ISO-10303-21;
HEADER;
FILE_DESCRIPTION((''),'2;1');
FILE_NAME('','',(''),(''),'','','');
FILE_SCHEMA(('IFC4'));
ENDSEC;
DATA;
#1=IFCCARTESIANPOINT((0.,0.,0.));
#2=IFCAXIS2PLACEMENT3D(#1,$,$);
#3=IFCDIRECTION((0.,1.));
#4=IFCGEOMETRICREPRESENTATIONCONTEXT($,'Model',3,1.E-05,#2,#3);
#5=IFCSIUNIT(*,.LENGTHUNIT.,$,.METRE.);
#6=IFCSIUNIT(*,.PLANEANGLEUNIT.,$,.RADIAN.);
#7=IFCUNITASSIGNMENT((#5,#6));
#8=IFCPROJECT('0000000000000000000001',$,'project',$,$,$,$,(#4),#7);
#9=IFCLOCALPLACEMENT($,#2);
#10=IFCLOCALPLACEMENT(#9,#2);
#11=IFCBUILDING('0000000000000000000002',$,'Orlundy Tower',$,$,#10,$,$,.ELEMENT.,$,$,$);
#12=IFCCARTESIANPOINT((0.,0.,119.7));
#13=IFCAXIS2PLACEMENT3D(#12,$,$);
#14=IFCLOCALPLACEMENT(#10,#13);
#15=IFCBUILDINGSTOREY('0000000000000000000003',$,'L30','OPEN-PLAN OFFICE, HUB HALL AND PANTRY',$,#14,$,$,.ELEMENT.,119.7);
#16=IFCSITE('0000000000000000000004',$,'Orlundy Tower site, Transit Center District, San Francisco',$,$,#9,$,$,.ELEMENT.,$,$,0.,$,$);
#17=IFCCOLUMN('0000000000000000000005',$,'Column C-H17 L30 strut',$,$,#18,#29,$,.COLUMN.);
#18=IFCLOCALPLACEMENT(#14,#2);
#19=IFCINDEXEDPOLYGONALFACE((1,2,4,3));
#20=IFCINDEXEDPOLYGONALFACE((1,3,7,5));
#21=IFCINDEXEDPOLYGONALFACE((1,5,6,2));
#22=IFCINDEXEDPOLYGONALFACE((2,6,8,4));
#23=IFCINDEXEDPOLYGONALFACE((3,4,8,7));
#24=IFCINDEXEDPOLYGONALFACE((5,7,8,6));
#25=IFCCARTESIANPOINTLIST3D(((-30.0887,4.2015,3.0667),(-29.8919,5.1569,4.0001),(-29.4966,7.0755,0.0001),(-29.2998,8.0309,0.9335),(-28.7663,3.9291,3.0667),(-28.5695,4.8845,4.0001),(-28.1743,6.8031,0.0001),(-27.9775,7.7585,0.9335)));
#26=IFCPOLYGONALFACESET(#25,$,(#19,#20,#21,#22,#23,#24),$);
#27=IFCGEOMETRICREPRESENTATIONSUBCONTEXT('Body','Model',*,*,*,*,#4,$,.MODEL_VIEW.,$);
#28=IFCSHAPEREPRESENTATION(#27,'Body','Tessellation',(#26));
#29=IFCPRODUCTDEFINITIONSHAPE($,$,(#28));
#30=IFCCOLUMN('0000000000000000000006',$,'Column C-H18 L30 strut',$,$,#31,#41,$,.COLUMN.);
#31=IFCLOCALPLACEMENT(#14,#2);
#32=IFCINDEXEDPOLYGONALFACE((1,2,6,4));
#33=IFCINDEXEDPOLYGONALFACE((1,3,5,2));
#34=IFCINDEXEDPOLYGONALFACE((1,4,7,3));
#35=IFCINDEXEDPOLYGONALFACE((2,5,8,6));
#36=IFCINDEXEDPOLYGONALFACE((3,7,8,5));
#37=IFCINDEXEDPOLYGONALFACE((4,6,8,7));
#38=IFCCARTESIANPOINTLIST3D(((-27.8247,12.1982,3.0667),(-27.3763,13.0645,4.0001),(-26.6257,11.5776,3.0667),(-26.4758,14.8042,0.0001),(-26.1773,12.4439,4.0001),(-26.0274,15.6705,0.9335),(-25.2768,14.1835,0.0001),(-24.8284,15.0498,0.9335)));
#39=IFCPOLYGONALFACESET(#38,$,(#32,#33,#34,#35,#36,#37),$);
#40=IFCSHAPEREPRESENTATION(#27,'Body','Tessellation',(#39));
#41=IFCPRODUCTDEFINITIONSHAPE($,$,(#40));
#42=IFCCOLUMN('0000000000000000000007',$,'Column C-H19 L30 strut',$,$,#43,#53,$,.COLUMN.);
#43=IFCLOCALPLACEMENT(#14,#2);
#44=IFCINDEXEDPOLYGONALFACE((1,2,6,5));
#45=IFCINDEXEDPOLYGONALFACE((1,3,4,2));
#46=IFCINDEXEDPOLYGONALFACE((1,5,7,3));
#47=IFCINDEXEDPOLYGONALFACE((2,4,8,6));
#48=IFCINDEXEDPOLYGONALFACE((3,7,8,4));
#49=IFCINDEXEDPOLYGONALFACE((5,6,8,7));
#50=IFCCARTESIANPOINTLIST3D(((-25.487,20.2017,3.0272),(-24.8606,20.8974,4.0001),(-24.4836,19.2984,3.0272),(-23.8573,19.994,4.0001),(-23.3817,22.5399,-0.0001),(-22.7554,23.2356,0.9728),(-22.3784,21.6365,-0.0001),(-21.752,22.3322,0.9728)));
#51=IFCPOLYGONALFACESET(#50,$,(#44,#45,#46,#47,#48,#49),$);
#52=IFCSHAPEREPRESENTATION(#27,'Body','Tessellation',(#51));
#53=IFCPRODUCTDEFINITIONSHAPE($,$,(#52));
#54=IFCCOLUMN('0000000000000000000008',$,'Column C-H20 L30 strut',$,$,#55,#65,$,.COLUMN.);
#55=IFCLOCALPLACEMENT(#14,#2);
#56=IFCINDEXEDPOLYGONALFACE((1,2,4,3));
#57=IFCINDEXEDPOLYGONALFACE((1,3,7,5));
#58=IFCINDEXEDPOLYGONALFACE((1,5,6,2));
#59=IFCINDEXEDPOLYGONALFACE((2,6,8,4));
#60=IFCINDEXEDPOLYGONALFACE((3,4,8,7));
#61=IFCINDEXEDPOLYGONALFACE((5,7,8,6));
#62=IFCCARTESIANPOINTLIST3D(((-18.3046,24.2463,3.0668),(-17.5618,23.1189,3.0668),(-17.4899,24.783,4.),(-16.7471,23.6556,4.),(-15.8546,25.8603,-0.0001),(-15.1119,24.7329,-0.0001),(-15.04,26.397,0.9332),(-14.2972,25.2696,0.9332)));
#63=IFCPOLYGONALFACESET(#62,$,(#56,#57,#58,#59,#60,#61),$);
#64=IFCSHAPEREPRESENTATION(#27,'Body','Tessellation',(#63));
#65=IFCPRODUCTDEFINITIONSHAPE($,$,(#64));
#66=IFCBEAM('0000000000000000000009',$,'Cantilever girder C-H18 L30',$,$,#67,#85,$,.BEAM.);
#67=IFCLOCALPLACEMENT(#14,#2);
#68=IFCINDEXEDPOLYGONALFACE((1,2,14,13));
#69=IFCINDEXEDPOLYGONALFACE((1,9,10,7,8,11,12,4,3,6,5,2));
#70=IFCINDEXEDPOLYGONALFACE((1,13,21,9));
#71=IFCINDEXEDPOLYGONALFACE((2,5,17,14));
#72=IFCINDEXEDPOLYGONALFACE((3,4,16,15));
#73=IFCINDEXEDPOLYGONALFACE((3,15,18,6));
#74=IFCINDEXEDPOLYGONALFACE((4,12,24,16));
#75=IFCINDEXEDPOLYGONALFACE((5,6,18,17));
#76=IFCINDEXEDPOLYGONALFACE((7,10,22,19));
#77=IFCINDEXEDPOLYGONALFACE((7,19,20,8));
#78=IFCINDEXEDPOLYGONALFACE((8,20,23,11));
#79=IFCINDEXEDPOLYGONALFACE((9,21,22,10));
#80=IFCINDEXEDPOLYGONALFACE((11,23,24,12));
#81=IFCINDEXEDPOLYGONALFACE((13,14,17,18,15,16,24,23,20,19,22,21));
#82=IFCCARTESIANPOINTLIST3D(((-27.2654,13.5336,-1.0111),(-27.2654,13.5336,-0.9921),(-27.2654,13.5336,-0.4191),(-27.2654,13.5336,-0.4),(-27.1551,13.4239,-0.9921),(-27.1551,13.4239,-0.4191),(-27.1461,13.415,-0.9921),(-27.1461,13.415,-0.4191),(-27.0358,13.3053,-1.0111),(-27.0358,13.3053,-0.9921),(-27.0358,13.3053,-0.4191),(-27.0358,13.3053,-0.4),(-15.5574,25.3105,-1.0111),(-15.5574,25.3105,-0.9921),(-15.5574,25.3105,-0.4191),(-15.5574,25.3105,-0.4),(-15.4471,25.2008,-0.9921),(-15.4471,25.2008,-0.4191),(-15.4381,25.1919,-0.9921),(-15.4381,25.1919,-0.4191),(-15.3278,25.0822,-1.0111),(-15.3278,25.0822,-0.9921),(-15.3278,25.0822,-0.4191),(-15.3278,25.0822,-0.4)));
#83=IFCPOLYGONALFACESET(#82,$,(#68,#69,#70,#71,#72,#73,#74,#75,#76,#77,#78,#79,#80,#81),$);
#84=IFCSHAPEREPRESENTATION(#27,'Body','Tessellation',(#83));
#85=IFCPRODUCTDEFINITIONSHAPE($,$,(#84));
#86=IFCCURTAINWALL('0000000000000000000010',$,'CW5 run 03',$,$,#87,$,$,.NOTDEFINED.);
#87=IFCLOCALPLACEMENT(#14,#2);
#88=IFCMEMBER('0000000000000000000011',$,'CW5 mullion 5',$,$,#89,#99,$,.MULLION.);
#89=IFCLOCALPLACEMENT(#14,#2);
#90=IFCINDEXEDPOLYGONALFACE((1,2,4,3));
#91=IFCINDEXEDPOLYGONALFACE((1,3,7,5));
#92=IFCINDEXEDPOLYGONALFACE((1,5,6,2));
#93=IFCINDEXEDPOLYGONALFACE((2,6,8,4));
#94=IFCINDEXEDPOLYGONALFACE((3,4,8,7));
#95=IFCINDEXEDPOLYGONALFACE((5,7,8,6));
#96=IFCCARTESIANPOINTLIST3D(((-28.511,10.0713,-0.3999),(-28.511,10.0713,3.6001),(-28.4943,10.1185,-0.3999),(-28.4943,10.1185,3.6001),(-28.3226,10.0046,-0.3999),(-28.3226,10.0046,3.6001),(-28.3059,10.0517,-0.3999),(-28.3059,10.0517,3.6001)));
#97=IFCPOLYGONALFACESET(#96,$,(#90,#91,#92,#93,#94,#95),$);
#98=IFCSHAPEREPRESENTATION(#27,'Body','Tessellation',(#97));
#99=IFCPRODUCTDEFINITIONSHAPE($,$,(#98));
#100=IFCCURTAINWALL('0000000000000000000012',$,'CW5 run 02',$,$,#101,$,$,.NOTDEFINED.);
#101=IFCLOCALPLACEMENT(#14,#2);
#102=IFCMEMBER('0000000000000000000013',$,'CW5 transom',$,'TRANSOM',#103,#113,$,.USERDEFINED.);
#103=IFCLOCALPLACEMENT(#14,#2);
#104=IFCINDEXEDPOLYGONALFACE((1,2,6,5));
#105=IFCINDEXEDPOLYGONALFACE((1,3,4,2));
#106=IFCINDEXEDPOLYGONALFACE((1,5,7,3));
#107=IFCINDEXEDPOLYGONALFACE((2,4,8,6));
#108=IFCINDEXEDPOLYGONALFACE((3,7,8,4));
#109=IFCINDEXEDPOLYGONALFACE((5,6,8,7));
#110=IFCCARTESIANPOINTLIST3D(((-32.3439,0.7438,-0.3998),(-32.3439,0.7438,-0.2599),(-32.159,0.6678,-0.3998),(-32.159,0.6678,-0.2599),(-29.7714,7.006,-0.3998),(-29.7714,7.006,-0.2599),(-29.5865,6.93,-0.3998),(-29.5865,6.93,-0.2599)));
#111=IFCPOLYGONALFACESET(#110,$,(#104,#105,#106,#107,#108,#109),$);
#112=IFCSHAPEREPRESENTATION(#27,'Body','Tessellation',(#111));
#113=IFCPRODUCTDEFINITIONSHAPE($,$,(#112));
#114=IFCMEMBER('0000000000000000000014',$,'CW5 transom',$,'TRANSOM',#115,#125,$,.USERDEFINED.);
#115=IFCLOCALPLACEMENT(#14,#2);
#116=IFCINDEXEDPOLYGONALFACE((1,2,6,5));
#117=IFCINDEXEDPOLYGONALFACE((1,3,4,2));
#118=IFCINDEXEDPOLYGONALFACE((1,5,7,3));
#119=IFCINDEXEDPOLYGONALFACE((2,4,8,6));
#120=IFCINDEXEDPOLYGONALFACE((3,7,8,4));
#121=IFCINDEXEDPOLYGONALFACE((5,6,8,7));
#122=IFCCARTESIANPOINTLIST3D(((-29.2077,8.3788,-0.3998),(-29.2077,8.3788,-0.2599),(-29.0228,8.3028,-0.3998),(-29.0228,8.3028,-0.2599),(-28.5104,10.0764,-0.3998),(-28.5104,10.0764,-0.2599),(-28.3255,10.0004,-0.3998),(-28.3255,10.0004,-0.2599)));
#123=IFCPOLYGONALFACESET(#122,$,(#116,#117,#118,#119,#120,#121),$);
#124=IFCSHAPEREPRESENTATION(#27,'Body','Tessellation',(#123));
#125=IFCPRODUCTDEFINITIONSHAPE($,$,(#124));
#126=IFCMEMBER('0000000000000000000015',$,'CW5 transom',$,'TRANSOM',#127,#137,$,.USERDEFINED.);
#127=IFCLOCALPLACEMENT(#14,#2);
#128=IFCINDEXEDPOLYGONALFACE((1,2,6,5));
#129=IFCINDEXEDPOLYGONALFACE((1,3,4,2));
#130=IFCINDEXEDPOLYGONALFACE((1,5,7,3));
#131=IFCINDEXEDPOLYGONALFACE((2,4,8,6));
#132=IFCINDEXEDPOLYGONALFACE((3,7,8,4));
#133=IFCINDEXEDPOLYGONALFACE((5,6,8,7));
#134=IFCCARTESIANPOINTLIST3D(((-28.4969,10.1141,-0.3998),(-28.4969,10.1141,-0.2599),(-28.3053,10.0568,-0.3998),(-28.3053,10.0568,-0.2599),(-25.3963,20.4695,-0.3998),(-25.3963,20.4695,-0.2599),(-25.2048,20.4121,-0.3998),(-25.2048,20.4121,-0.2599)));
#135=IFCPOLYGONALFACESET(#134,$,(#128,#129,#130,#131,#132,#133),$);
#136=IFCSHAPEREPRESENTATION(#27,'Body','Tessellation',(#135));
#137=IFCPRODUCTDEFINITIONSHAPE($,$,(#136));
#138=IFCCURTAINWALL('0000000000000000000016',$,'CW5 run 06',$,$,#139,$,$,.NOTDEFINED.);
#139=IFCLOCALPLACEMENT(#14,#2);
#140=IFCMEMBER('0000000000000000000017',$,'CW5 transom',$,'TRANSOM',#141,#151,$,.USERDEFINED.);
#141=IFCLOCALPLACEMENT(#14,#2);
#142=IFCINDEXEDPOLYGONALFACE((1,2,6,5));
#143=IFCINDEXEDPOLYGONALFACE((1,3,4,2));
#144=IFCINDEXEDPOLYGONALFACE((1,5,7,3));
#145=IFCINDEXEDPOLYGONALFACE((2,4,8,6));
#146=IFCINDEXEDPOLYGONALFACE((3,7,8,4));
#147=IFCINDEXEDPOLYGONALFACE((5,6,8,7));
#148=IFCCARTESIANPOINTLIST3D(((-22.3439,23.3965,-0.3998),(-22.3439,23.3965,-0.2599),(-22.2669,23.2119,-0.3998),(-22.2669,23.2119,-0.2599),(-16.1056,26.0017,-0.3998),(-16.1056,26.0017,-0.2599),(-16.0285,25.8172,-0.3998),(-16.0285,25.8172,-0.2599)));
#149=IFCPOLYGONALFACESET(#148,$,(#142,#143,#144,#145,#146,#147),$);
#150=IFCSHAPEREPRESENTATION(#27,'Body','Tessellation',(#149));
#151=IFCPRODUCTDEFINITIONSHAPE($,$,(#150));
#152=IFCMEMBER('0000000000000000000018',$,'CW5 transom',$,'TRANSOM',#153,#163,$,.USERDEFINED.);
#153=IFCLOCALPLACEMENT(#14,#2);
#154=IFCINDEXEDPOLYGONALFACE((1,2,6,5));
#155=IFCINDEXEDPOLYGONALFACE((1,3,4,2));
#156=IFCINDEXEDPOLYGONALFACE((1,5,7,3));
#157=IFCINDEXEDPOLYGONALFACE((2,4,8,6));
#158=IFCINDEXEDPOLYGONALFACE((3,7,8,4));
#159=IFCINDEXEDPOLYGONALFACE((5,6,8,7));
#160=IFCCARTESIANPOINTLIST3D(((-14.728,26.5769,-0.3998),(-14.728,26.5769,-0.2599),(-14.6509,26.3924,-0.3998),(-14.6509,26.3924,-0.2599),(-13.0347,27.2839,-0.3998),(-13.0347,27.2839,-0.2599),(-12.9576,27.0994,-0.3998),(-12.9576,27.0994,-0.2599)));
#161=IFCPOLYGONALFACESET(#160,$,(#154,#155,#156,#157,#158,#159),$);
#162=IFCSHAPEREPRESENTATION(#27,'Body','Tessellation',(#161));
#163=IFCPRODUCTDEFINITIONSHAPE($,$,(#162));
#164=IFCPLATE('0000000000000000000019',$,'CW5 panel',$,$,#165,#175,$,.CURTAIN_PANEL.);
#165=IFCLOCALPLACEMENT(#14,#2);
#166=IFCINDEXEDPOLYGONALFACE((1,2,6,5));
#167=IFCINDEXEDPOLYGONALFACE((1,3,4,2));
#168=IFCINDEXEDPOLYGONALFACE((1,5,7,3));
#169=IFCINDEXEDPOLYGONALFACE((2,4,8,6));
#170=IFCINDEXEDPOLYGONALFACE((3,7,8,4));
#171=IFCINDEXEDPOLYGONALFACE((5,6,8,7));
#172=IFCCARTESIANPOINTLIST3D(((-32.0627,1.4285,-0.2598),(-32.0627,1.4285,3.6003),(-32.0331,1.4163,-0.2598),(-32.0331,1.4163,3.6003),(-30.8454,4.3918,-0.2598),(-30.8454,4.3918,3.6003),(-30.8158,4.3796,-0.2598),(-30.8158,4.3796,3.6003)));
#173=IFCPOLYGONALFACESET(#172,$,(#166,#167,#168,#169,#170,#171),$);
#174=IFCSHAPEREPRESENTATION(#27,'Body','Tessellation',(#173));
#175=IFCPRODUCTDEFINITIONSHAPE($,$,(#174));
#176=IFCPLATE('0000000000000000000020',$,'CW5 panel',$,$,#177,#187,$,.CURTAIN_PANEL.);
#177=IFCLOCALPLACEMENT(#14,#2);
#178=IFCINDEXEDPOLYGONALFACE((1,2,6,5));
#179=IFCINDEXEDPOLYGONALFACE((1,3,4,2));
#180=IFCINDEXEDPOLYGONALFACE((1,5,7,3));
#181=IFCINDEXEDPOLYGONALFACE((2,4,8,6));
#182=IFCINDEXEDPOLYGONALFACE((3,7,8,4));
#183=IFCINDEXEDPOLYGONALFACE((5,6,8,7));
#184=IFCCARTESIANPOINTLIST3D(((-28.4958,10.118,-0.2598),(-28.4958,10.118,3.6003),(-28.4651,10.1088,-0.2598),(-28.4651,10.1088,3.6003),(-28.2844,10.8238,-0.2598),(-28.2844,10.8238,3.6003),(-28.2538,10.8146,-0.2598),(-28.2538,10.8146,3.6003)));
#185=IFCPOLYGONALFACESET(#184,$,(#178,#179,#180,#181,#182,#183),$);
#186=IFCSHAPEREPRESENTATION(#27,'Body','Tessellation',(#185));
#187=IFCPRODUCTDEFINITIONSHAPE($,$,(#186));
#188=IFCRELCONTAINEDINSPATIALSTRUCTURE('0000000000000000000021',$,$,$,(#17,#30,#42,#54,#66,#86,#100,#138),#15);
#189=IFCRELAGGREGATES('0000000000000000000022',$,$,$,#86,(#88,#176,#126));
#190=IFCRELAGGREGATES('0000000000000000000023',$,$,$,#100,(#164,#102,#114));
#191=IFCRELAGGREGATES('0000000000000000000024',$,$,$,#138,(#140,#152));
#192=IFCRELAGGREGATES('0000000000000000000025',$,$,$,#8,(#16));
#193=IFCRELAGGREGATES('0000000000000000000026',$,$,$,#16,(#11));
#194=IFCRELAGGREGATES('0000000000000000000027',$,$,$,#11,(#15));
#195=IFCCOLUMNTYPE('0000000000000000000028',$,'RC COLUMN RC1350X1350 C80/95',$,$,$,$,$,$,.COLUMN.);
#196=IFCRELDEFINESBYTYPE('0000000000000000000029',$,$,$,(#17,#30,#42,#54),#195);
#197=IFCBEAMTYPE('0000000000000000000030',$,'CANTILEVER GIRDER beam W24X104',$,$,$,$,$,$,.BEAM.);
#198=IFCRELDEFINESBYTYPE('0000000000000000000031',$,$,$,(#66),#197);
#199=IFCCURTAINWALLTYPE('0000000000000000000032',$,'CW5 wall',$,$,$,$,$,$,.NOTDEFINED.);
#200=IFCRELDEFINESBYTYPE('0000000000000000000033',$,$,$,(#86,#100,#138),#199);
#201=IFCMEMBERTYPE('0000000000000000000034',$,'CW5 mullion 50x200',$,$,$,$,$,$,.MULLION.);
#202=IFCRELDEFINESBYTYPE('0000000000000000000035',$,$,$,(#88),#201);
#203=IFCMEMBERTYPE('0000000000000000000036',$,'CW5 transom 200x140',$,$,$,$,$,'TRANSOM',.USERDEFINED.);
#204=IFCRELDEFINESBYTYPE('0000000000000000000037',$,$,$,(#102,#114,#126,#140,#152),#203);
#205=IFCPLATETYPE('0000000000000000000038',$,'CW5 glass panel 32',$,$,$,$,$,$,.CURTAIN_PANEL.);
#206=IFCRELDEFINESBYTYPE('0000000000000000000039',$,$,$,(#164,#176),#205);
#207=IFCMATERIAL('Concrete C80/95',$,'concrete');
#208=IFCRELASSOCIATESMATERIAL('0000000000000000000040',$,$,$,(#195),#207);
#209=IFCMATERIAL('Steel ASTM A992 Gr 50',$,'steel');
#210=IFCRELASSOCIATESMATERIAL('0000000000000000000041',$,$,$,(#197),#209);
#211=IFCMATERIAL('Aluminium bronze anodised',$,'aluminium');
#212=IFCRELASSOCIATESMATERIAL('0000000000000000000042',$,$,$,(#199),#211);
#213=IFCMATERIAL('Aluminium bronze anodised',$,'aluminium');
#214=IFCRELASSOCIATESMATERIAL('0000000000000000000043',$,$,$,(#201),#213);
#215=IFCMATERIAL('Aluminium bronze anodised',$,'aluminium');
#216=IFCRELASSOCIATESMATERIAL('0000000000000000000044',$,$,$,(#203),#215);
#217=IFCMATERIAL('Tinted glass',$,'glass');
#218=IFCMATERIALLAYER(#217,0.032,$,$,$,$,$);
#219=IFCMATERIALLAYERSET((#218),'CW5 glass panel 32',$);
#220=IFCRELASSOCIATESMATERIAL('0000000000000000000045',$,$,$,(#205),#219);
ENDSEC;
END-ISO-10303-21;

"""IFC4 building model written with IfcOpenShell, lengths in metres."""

from ifc_helpers import new_model, si_unit, direction, frame, origin, origin_2d, place, context, subcontext, project, spatial, rectangle, i_section, extrude, material, layer, layer_set, material_profile, profile_set, type_object, element, aggregate, save


model = new_model("IFC4")

# Units and contexts
model_context = context("Model", 3, precision=1e-05, world=origin(), true_north=direction((0.0, 1.0)))
body_context = subcontext(model_context, "Body", "Model", "MODEL_VIEW")
ifc_project = project(units=[si_unit("LENGTHUNIT", "METRE"), si_unit("PLANEANGLEUNIT", "RADIAN")], contexts=[model_context])

# Site, building, storey
site_placement = place(None, origin())
site = spatial("IfcSite", under=ifc_project, at=site_placement, Name="Orlundy Tower site, Transit Center District, San Francisco", CompositionType="ELEMENT", RefElevation=0.0)
building_placement = place(site_placement, origin())
building = spatial("IfcBuilding", under=site, at=building_placement, Name="Orlundy Tower", CompositionType="ELEMENT")
storey_placement = place(building_placement, frame((0.0, 0.0, 119.7)))
storey = spatial("IfcBuildingStorey", under=building, at=storey_placement, Name="L30", Description="OPEN-PLAN OFFICE, HUB HALL AND PANTRY", CompositionType="ELEMENT", Elevation=119.7)

# Columns
ifc_material_1 = material(Name="Concrete C80/95", Category="concrete")
ifc_material_profile_1 = material_profile(ifc_material_1, rectangle(XDim=1.3501, YDim=1.3501, at=origin_2d()), Name="RC1350X1350")
ifc_profile_set_1 = profile_set([ifc_material_profile_1], Name="Concrete C80/95")
column_type = type_object("IfcColumnType", Name="RC COLUMN RC1350X1350 C80/95", PredefinedType="COLUMN", material=ifc_profile_set_1)
for number, where, z_axis, x_axis, name in (
    (1, (-28.7371, 7.417, 0.4668), (-0.139488, -0.677134, 0.722518), (0.979435, -0.201761, 0.0), "Column C-H17 L30 strut"),
    (2, (-25.6521, 14.927, 0.4668), (-0.317802, -0.613977, 0.722519), (0.888083, -0.459683, 0.0), "Column C-H18 L30 strut"),
):
    element("IfcColumn", number, at=place(storey_placement, frame(where, z_axis=z_axis, x_axis=x_axis)), inside=storey, type_object=column_type, Name=name, PredefinedType="COLUMN", context=body_context, shape_type="SweptSolid", body=[
        extrude(rectangle(XDim=1.3501, YDim=1.3501, at=origin_2d()), origin(), (0.0, 0.0, 1.0), 4.2444),
    ])
column_1_placement = place(storey_placement, frame((-22.5669, 22.436, 0.4863), z_axis=(-0.482165, -0.535509, 0.69336), x_axis=(0.743151, -0.669123, 0.0)))
element("IfcColumn", 3, at=column_1_placement, inside=storey, type_object=column_type, Name="Column C-H19 L30 strut", PredefinedType="COLUMN", context=body_context, shape_type="SweptSolid", body=[
    extrude(rectangle(XDim=1.3501, YDim=1.3501, at=origin_2d()), origin(), (0.0, 0.0, 1.0), 4.3662),
])
column_2_placement = place(storey_placement, frame((-15.0759, 25.5649, 0.4666), z_axis=(-0.577248, -0.380288, 0.72261), x_axis=(0.550141, -0.835072, 0.0)))
element("IfcColumn", 4, at=column_2_placement, inside=storey, type_object=column_type, Name="Column C-H20 L30 strut", PredefinedType="COLUMN", context=body_context, shape_type="SweptSolid", body=[
    extrude(rectangle(XDim=1.3501, YDim=1.3501, at=origin_2d()), origin(), (0.0, 0.0, 1.0), 4.2441),
])

# Beam
ifc_material_2 = material(Name="Steel ASTM A992 Gr 50", Category="steel")
ifc_material_profile_2 = material_profile(ifc_material_2, i_section(OverallWidth=0.3237, OverallDepth=0.6111, WebThickness=0.0127, FlangeThickness=0.019, at=origin_2d()), Name="W24X104")
ifc_profile_set_2 = profile_set([ifc_material_profile_2], Name="Steel ASTM A992 Gr 50")
beam_type = type_object("IfcBeamType", Name="CANTILEVER GIRDER beam W24X104", PredefinedType="BEAM", material=ifc_profile_set_2)
beam_placement = place(storey_placement, frame((-27.1506, 13.4194, -0.7056), z_axis=(0.705031, 0.709177, 0.0), x_axis=(-0.709177, 0.705031, 0.0)))
element("IfcBeam", 5, at=beam_placement, inside=storey, type_object=beam_type, Name="Cantilever girder C-H18 L30", PredefinedType="BEAM", context=body_context, shape_type="SweptSolid", body=[
    extrude(i_section(OverallWidth=0.3237, OverallDepth=0.6111, WebThickness=0.0127, FlangeThickness=0.019, at=origin_2d()), origin(), (0.0, 0.0, 1.0), 16.6064),
])

# Curtain wall, member
ifc_material_3 = material(Name="Aluminium bronze anodised", Category="aluminium")
curtain_wall_type = type_object("IfcCurtainWallType", Name="CW5 wall", PredefinedType="NOTDEFINED", material=ifc_material_3)
curtain_wall_1_placement = place(storey_placement, origin())
curtain_wall_1 = element("IfcCurtainWall", 6, at=curtain_wall_1_placement, inside=storey, type_object=curtain_wall_type, Name="CW5 run 03", PredefinedType="NOTDEFINED")
ifc_material_4 = material(Name="Aluminium bronze anodised", Category="aluminium")
ifc_material_profile_3 = material_profile(ifc_material_4, rectangle(XDim=0.2, YDim=0.05, at=origin_2d()), Name="CW5 mullion 50x200")
ifc_profile_set_3 = profile_set([ifc_material_profile_3], Name="Aluminium bronze anodised")
member_type_1 = type_object("IfcMemberType", Name="CW5 mullion 50x200", PredefinedType="MULLION", material=ifc_profile_set_3)
member_1_placement = place(storey_placement, frame((-28.4084, 10.0615, -0.3999), z_axis=(0.0, 0.0, 1.0), x_axis=(-0.942637, 0.333819, 0.0)))
member_1 = element("IfcMember", 7, at=member_1_placement, type_object=member_type_1, Name="CW5 mullion 5", PredefinedType="MULLION", context=body_context, shape_type="SweptSolid", body=[
    extrude(rectangle(XDim=0.2, YDim=0.05, at=origin_2d()), origin(), (0.0, 0.0, 1.0), 4.0),
])

# Curtain wall, members
curtain_wall_2_placement = place(storey_placement, origin())
curtain_wall_2 = element("IfcCurtainWall", 8, at=curtain_wall_2_placement, inside=storey, type_object=curtain_wall_type, Name="CW5 run 02", PredefinedType="NOTDEFINED")
ifc_material_5 = material(Name="Aluminium bronze anodised", Category="aluminium")
ifc_material_profile_4 = material_profile(ifc_material_5, rectangle(XDim=0.2, YDim=0.1399, at=origin_2d()), Name="CW5 transom 200x140")
ifc_profile_set_4 = profile_set([ifc_material_profile_4], Name="Aluminium bronze anodised")
member_type_2 = type_object("IfcMemberType", Name="CW5 transom 200x140", ElementType="TRANSOM", PredefinedType="USERDEFINED", material=ifc_profile_set_4)
member_2_placement = place(storey_placement, frame((-32.2515, 0.7058, -0.3298), z_axis=(0.379986, 0.924992, 0.0), x_axis=(-0.924992, 0.379986, 0.0)))
member_2 = element("IfcMember", 9, at=member_2_placement, type_object=member_type_2, Name="CW5 transom", ObjectType="TRANSOM", PredefinedType="USERDEFINED", context=body_context, shape_type="SweptSolid", body=[
    extrude(rectangle(XDim=0.2, YDim=0.1399, at=origin_2d()), origin(), (0.0, 0.0, 1.0), 6.77),
])
member_3_placement = place(storey_placement, frame((-29.1152, 8.3408, -0.3298), z_axis=(0.379953, 0.925006, 0.0), x_axis=(-0.925006, 0.379953, 0.0)))
member_3 = element("IfcMember", 10, at=member_3_placement, type_object=member_type_2, Name="CW5 transom", ObjectType="TRANSOM", PredefinedType="USERDEFINED", context=body_context, shape_type="SweptSolid", body=[
    extrude(rectangle(XDim=0.2, YDim=0.1399, at=origin_2d()), origin(), (0.0, 0.0, 1.0), 1.8352),
])

# Member
member_4_placement = place(storey_placement, frame((-28.4011, 10.0854, -0.3298), z_axis=(0.286834, 0.95798, 0.0), x_axis=(-0.95798, 0.286834, 0.0)))
member_4 = element("IfcMember", 11, at=member_4_placement, type_object=member_type_2, Name="CW5 transom", ObjectType="TRANSOM", PredefinedType="USERDEFINED", context=body_context, shape_type="SweptSolid", body=[
    extrude(rectangle(XDim=0.2, YDim=0.1399, at=origin_2d()), origin(), (0.0, 0.0, 1.0), 10.8096),
])

# Curtain wall, members
curtain_wall_3_placement = place(storey_placement, origin())
curtain_wall_3 = element("IfcCurtainWall", 12, at=curtain_wall_3_placement, inside=storey, type_object=curtain_wall_type, Name="CW5 run 06", PredefinedType="NOTDEFINED")
member_5_placement = place(storey_placement, frame((-22.3054, 23.3042, -0.3298), z_axis=(0.922765, 0.385364, 0.0), x_axis=(-0.385364, 0.922765, 0.0)))
member_5 = element("IfcMember", 13, at=member_5_placement, type_object=member_type_2, Name="CW5 transom", ObjectType="TRANSOM", PredefinedType="USERDEFINED", context=body_context, shape_type="SweptSolid", body=[
    extrude(rectangle(XDim=0.2, YDim=0.1399, at=origin_2d()), origin(), (0.0, 0.0, 1.0), 6.7605),
])
member_6_placement = place(storey_placement, frame((-14.6895, 26.4846, -0.3298), z_axis=(0.922793, 0.385295, 0.0), x_axis=(-0.385295, 0.922793, 0.0)))
member_6 = element("IfcMember", 14, at=member_6_placement, type_object=member_type_2, Name="CW5 transom", ObjectType="TRANSOM", PredefinedType="USERDEFINED", context=body_context, shape_type="SweptSolid", body=[
    extrude(rectangle(XDim=0.2, YDim=0.1399, at=origin_2d()), origin(), (0.0, 0.0, 1.0), 1.835),
])

# Plates
ifc_material_6 = material(Name="Tinted glass", Category="glass")
ifc_layer_1 = layer(ifc_material_6, 0.032)
ifc_layer_set_1 = layer_set([ifc_layer_1], Name="CW5 glass panel 32")
plate_type_1 = type_object("IfcPlateType", Name="CW5 glass panel 32", PredefinedType="CURTAIN_PANEL", material=ifc_layer_set_1)
plate_1_placement = place(storey_placement, frame((-31.4392, 2.9041, -0.2598), z_axis=(0.0, 0.0, 1.0), x_axis=(0.379977, 0.924996, 0.0)))
plate_1 = element("IfcPlate", 15, at=plate_1_placement, type_object=plate_type_1, Name="CW5 panel", PredefinedType="CURTAIN_PANEL", context=body_context, shape_type="SweptSolid", body=[
    extrude(rectangle(XDim=3.2036, YDim=0.032, at=origin_2d()), origin(), (0.0, 0.0, 1.0), 3.8601),
])
plate_2_placement = place(storey_placement, frame((-28.3748, 10.4663, -0.2598), z_axis=(0.0, 0.0, 1.0), x_axis=(0.286845, 0.957977, 0.0)))
plate_2 = element("IfcPlate", 16, at=plate_2_placement, type_object=plate_type_1, Name="CW5 panel", PredefinedType="CURTAIN_PANEL", context=body_context, shape_type="SweptSolid", body=[
    extrude(rectangle(XDim=0.7368, YDim=0.032, at=origin_2d()), origin(), (0.0, 0.0, 1.0), 3.8601),
])
aggregate(curtain_wall_1, [member_1, plate_2, member_4])
aggregate(curtain_wall_2, [plate_1, member_2, member_3])
aggregate(curtain_wall_3, [member_5, member_6])

save(model, "model.ifc")
